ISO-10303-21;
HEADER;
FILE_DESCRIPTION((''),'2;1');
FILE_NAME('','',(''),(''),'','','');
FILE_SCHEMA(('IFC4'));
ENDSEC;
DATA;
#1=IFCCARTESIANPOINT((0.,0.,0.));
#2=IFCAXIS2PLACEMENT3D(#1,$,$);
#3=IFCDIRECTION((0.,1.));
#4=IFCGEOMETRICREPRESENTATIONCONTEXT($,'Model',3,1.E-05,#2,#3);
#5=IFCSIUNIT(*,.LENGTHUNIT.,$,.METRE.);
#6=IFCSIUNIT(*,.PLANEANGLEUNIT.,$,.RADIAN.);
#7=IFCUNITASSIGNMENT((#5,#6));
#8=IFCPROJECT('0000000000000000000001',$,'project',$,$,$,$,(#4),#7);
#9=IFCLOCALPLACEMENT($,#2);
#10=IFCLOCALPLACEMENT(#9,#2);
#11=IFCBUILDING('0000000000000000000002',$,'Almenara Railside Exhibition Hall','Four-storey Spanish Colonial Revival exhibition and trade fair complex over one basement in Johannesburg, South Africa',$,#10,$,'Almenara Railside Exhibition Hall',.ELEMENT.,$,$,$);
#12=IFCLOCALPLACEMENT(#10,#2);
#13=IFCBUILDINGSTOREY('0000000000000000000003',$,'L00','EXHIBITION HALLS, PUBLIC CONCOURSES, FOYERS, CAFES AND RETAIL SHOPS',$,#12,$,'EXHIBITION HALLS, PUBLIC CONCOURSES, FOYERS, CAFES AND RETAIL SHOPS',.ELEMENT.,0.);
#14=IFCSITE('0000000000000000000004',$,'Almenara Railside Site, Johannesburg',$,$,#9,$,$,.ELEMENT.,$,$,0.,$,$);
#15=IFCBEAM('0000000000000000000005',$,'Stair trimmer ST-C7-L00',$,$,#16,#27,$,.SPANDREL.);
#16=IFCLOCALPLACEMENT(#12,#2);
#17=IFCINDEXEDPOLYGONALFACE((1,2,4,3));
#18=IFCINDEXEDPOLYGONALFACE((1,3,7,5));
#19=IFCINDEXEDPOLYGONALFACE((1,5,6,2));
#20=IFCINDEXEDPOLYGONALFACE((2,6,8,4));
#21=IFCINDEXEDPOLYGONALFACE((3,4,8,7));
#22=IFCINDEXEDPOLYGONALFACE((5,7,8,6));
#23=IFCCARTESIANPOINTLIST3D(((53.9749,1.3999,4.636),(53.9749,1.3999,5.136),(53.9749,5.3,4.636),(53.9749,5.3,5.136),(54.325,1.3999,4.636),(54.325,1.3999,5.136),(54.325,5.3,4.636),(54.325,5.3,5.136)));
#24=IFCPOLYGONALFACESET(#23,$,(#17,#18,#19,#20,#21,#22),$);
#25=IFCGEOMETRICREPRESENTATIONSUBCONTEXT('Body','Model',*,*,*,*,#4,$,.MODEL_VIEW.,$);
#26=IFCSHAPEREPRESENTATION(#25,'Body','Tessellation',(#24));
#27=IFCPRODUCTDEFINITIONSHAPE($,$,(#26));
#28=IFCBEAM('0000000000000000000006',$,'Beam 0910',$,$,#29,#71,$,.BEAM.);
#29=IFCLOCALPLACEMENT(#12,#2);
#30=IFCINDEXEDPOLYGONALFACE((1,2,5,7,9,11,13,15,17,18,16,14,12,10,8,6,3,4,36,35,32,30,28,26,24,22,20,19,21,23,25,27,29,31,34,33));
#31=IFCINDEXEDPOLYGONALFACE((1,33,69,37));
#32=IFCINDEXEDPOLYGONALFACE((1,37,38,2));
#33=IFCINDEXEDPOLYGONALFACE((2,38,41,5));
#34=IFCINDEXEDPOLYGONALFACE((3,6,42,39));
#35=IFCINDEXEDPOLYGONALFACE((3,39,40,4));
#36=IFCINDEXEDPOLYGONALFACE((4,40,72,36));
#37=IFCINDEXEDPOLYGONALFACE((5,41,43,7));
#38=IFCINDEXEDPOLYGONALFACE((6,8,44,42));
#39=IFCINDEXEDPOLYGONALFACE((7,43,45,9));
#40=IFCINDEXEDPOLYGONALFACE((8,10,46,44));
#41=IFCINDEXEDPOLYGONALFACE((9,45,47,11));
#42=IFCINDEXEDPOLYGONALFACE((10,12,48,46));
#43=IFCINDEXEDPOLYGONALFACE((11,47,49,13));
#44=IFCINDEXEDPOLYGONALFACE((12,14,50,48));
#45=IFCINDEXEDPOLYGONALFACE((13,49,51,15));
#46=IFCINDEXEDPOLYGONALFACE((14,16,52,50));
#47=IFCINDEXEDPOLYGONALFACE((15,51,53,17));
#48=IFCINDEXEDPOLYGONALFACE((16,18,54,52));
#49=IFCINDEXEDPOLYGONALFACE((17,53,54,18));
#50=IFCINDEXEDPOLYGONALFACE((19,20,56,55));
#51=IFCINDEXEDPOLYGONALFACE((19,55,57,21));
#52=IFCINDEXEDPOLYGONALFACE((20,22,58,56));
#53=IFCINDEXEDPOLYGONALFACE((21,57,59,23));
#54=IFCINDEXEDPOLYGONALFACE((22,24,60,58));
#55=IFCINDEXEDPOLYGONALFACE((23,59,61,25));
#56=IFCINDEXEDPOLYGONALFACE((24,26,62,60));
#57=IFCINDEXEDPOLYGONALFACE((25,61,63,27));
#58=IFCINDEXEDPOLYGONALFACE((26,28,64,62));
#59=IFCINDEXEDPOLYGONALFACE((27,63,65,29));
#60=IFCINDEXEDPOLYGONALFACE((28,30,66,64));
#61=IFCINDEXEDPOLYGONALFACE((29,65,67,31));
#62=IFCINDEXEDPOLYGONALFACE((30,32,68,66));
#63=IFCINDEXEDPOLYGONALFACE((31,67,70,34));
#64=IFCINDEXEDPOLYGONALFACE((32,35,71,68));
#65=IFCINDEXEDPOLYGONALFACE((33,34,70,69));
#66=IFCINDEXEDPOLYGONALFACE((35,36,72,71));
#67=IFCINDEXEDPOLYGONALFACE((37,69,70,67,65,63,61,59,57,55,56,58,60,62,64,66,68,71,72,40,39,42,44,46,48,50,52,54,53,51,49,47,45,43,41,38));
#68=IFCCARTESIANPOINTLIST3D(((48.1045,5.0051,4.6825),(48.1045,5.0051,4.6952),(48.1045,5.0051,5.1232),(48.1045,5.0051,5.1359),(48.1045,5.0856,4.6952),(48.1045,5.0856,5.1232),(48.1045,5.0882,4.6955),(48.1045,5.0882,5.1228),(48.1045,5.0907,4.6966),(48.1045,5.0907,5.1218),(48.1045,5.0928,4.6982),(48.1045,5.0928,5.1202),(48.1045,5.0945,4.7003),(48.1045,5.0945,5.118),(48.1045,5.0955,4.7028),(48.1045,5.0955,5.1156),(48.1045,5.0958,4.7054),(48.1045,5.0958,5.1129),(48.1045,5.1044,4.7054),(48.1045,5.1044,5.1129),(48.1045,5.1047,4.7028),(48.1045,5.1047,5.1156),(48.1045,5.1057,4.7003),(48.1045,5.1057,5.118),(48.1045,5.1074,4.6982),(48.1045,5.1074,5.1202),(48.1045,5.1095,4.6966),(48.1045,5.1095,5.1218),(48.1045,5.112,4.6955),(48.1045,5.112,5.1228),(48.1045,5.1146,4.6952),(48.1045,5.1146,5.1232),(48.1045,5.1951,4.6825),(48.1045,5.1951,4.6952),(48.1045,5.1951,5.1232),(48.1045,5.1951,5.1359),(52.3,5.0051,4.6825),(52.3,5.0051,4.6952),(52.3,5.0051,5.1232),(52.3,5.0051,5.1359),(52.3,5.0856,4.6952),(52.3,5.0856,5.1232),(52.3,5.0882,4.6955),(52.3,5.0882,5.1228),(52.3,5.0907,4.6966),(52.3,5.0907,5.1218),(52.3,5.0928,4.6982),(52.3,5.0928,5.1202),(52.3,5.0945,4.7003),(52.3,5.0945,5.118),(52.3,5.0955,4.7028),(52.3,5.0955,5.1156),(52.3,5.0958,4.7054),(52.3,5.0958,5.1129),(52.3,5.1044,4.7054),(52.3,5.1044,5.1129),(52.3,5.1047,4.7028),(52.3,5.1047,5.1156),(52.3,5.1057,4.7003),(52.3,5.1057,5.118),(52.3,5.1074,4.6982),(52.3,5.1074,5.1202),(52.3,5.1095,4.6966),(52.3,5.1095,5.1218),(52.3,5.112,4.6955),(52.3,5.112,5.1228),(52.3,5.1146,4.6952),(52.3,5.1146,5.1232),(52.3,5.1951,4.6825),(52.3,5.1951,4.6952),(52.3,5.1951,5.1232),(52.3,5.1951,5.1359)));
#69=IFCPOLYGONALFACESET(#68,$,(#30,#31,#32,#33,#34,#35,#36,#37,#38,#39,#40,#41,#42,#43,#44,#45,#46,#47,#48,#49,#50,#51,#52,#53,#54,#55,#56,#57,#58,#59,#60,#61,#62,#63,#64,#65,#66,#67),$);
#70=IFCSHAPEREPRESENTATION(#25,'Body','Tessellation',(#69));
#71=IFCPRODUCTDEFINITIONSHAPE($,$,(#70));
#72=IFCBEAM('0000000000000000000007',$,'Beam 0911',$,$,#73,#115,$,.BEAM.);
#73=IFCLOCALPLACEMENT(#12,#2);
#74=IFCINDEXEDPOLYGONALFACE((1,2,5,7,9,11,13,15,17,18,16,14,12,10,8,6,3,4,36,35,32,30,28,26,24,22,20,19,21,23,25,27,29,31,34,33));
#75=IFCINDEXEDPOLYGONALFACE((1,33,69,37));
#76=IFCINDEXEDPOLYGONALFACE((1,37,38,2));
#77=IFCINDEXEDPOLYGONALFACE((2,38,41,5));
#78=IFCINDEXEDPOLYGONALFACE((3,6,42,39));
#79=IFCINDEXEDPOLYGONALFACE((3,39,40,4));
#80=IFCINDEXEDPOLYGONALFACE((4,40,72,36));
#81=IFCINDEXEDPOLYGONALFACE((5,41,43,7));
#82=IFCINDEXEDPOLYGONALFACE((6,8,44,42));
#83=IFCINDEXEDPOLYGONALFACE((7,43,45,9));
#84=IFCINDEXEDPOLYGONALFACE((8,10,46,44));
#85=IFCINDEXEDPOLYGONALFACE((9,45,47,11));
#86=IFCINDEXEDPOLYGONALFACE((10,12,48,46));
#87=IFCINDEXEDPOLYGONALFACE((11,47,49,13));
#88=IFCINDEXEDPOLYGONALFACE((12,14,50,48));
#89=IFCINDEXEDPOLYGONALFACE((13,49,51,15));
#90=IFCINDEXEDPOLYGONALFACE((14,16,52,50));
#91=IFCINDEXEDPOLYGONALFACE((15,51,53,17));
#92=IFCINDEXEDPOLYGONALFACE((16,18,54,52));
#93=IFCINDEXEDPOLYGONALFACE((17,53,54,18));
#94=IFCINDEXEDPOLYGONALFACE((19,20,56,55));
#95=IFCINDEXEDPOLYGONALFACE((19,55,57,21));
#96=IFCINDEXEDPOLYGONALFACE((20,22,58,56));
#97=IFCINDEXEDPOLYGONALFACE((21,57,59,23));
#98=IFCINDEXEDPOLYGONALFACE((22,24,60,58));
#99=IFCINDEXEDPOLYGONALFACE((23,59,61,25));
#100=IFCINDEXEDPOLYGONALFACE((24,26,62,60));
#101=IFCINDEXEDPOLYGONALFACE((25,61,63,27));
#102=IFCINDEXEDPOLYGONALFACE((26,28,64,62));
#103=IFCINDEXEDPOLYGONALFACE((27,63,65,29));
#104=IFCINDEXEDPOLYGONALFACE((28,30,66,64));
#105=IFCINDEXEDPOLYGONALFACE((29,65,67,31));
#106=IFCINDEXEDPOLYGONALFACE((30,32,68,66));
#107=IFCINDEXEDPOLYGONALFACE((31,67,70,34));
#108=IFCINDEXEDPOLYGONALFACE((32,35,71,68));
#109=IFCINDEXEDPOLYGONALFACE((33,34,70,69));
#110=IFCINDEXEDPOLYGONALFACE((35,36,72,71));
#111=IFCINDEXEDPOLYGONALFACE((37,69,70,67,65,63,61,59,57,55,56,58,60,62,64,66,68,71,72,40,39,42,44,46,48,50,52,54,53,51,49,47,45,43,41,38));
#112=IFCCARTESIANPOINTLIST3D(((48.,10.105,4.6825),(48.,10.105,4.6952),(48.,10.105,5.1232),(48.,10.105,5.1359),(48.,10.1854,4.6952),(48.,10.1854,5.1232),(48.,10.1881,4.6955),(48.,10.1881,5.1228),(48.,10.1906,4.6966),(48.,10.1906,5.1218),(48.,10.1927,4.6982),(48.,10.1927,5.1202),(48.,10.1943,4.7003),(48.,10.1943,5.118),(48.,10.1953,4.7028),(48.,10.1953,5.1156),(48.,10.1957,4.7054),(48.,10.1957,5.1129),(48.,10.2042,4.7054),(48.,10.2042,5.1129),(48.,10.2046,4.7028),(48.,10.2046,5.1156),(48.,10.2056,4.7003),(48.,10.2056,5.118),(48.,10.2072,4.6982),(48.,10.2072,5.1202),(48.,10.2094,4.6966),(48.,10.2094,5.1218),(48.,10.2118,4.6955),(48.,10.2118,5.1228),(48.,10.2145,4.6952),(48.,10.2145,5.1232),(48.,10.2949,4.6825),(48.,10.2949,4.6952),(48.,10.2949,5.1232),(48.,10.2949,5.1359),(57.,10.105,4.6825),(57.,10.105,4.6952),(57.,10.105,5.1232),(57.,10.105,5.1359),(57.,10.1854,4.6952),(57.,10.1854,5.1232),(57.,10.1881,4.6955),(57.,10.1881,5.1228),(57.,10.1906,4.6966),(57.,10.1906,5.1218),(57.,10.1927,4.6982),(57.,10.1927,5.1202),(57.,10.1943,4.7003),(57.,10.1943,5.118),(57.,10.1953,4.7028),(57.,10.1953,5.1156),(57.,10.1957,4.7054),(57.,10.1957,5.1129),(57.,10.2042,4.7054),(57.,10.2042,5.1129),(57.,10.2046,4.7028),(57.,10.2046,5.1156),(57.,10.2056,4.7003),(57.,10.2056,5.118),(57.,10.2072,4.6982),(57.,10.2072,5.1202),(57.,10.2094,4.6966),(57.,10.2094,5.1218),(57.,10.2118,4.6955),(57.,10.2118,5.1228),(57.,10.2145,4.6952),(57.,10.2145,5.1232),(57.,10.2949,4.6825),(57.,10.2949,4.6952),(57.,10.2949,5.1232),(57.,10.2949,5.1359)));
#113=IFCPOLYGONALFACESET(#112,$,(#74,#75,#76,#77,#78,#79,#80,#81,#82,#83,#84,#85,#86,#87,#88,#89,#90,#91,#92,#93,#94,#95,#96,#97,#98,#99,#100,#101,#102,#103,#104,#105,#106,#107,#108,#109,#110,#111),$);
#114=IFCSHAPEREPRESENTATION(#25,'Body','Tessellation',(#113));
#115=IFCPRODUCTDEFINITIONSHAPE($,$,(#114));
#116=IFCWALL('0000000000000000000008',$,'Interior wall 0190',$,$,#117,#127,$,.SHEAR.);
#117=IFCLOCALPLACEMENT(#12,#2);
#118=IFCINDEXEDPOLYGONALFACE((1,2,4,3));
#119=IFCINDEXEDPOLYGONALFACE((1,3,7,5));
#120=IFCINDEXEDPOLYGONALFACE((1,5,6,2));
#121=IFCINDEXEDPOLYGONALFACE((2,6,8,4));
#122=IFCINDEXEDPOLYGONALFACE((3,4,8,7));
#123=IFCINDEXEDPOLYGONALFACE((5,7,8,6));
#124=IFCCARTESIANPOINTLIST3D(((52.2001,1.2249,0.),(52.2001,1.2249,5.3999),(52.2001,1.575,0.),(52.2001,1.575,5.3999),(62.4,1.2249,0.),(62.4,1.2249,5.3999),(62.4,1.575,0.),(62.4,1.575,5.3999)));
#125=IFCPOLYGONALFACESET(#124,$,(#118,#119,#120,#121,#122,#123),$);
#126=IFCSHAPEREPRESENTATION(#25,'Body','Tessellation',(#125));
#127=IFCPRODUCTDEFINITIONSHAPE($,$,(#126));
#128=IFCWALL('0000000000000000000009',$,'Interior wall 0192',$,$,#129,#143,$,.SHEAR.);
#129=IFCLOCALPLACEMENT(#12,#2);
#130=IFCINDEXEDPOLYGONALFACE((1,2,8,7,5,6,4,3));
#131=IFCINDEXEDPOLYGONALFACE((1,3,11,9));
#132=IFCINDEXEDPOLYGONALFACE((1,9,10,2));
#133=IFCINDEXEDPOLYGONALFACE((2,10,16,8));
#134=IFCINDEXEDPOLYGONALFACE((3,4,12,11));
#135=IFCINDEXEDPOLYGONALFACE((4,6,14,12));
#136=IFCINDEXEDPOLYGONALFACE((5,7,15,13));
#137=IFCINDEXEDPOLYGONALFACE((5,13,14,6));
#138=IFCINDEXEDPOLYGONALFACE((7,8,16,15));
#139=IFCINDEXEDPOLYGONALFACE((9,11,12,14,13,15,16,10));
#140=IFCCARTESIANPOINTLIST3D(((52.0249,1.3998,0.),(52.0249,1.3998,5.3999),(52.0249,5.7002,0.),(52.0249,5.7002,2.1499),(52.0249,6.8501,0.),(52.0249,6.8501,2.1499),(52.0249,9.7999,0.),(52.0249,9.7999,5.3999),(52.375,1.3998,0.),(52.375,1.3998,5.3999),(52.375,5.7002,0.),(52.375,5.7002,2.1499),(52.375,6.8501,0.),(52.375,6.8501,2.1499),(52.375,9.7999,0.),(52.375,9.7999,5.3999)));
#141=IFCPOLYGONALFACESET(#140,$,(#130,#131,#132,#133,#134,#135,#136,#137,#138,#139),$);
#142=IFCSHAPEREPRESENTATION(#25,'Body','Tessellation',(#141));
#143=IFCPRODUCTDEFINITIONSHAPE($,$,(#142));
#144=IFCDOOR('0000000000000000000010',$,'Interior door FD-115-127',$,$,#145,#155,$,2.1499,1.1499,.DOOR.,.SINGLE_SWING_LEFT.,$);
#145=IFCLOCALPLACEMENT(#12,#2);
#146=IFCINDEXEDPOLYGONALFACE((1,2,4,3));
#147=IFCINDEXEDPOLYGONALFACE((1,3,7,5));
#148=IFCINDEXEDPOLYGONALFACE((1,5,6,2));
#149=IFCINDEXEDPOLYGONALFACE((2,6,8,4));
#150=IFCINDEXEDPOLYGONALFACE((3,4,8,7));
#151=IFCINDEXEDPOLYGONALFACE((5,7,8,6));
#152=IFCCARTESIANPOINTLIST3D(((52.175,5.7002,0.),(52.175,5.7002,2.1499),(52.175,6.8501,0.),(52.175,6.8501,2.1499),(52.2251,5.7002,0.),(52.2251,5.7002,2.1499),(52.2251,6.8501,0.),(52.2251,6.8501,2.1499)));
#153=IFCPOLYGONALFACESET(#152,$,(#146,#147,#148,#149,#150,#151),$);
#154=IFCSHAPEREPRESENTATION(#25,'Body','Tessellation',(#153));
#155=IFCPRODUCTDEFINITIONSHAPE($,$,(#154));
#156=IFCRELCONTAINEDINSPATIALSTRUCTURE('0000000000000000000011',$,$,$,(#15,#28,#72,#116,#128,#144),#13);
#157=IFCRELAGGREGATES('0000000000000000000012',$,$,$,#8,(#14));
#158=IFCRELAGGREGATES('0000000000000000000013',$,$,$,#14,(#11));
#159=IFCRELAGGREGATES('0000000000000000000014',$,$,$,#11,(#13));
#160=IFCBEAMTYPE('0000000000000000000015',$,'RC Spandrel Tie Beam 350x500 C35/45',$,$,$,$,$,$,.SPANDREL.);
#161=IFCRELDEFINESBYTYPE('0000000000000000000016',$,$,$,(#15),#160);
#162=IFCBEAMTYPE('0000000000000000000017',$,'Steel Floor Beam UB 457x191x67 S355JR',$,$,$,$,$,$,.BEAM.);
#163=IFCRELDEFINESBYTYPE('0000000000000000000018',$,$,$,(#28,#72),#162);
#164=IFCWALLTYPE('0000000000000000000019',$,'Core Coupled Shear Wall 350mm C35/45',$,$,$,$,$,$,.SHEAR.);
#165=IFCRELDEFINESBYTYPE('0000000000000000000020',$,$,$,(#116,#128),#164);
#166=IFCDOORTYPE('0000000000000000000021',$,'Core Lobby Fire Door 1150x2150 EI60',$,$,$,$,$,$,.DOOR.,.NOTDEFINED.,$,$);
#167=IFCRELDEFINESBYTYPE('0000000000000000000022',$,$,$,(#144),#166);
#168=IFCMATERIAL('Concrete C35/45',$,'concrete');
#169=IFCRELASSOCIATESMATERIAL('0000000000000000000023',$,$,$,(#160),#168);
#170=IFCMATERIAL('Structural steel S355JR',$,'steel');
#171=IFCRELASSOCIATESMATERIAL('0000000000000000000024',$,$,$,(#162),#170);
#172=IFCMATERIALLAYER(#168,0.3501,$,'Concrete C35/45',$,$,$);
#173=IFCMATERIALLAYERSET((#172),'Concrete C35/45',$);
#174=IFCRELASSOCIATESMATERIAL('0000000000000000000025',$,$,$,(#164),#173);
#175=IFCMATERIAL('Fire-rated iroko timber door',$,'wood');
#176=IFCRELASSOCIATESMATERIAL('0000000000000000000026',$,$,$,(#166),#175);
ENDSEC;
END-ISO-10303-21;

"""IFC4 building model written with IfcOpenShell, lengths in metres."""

from ifc_helpers import new_model, si_unit, direction, frame, frame_2d, origin, origin_2d, place, context, subcontext, project, spatial, rectangle, i_section, extrude, material, layer, layer_set, material_profile, profile_set, type_object, element, fill, save


model = new_model("IFC4")

# Units and contexts
model_context = context("Model", 3, precision=1e-05, world=origin(), true_north=direction((0.0, 1.0)))
body_context = subcontext(model_context, "Body", "Model", "MODEL_VIEW")
ifc_project = project(units=[si_unit("LENGTHUNIT", "METRE"), si_unit("PLANEANGLEUNIT", "RADIAN")], contexts=[model_context])

# Site, building, storey
site_placement = place(None, origin())
site = spatial("IfcSite", under=ifc_project, at=site_placement, Name="Almenara Railside Site, Johannesburg", CompositionType="ELEMENT", RefElevation=0.0)
building_placement = place(site_placement, origin())
building = spatial("IfcBuilding", under=site, at=building_placement, Name="Almenara Railside Exhibition Hall", Description="Four-storey Spanish Colonial Revival exhibition and trade fair complex over one basement in Johannesburg, South Africa", LongName="Almenara Railside Exhibition Hall", CompositionType="ELEMENT")
storey_placement = place(building_placement, origin())
storey = spatial("IfcBuildingStorey", under=building, at=storey_placement, Name="L00", Description="EXHIBITION HALLS, PUBLIC CONCOURSES, FOYERS, CAFES AND RETAIL SHOPS", LongName="EXHIBITION HALLS, PUBLIC CONCOURSES, FOYERS, CAFES AND RETAIL SHOPS", CompositionType="ELEMENT", Elevation=0.0)

# Shared definitions
ifc_material_1 = material(Name="Concrete C35/45", Category="concrete")

# Beams
ifc_material_profile_1 = material_profile(ifc_material_1, rectangle(XDim=0.3501, YDim=0.5, at=origin_2d()), Name="RC 350x500")
ifc_profile_set_1 = profile_set([ifc_material_profile_1], Name="Concrete C35/45")
beam_type_1 = type_object("IfcBeamType", Name="RC Spandrel Tie Beam 350x500 C35/45", PredefinedType="SPANDREL", material=ifc_profile_set_1)
beam_1_placement = place(storey_placement, frame((54.1499, 1.3999, 4.886), z_axis=(0.0, 1.0, 0.0), x_axis=(-1.0, 0.0, 0.0)))
element("IfcBeam", 1, at=beam_1_placement, inside=storey, type_object=beam_type_1, Name="Stair trimmer ST-C7-L00", PredefinedType="SPANDREL", context=body_context, shape_type="SweptSolid", body=[
    extrude(rectangle(XDim=0.3501, YDim=0.5, at=origin_2d()), origin(), (0.0, 0.0, 1.0), 3.9001),
])
ifc_material_2 = material(Name="Structural steel S355JR", Category="steel")
ifc_material_profile_2 = material_profile(ifc_material_2, i_section(OverallWidth=0.1899, OverallDepth=0.4534, WebThickness=0.0085, FlangeThickness=0.0127, FilletRadius=0.0103, at=origin_2d()), Name="UB 457x191x67")
ifc_profile_set_2 = profile_set([ifc_material_profile_2], Name="Structural steel S355JR")
beam_type_2 = type_object("IfcBeamType", Name="Steel Floor Beam UB 457x191x67 S355JR", PredefinedType="BEAM", material=ifc_profile_set_2)
beam_2_placement = place(storey_placement, frame((48.1045, 5.1001, 4.9092), z_axis=(1.0, 0.0, 0.0), x_axis=(0.0, 1.0, 0.0)))
element("IfcBeam", 2, at=beam_2_placement, inside=storey, type_object=beam_type_2, Name="Beam 0910", PredefinedType="BEAM", context=body_context, shape_type="SweptSolid", body=[
    extrude(i_section(OverallWidth=0.1899, OverallDepth=0.4534, WebThickness=0.0085, FlangeThickness=0.0127, FilletRadius=0.0103, at=origin_2d()), origin(), (0.0, 0.0, 1.0), 4.1956),
])
beam_3_placement = place(storey_placement, frame((48.0, 10.2, 4.9092), z_axis=(1.0, 0.0, 0.0), x_axis=(0.0, 1.0, 0.0)))
element("IfcBeam", 3, at=beam_3_placement, inside=storey, type_object=beam_type_2, Name="Beam 0911", PredefinedType="BEAM", context=body_context, shape_type="SweptSolid", body=[
    extrude(i_section(OverallWidth=0.1899, OverallDepth=0.4534, WebThickness=0.0085, FlangeThickness=0.0127, FilletRadius=0.0103, at=origin_2d()), origin(), (0.0, 0.0, 1.0), 9.0),
])

# Wall
ifc_layer_1 = layer(ifc_material_1, 0.3501, Name="Concrete C35/45")
ifc_layer_set_1 = layer_set([ifc_layer_1], Name="Concrete C35/45")
wall_type_1 = type_object("IfcWallType", Name="Core Coupled Shear Wall 350mm C35/45", PredefinedType="SHEAR", material=ifc_layer_set_1)
wall_1_placement = place(storey_placement, frame((52.2, 1.3999, 0.0), z_axis=(0.0, 0.0, 1.0), x_axis=(1.0, 0.0, 0.0)))
element("IfcWall", 4, at=wall_1_placement, inside=storey, type_object=wall_type_1, Name="Interior wall 0190", PredefinedType="SHEAR", context=body_context, shape_type="SweptSolid", body=[
    extrude(rectangle(XDim=10.2, YDim=0.3501, at=frame_2d((5.1001, 0.0))), origin(), (0.0, 0.0, 1.0), 5.3999),
])

# Wall, opening, door
wall_2_placement = place(storey_placement, frame((52.2, 9.8, 0.0), z_axis=(0.0, 0.0, 1.0), x_axis=(0.0, -1.0, 0.0)))
wall_2 = element("IfcWall", 5, at=wall_2_placement, inside=storey, type_object=wall_type_1, Name="Interior wall 0192", PredefinedType="SHEAR", context=body_context, shape_type="SweptSolid", body=[
    extrude(rectangle(XDim=8.4001, YDim=0.3501, at=frame_2d((4.2002, 0.0))), origin(), (0.0, 0.0, 1.0), 5.3999),
])
opening_1_placement = place(wall_2_placement, frame((2.95, 0.0, 0.0)))
opening_1 = element("IfcOpeningElement", 6, at=opening_1_placement, cuts=wall_2, PredefinedType="OPENING", context=body_context, shape_type="SweptSolid", body=[
    extrude(rectangle(XDim=1.1499, YDim=2.1499, at=frame_2d((0.575, 1.075))), frame((0.0, 0.1851, 0.0), z_axis=(0.0, -1.0, 0.0), x_axis=(1.0, 0.0, 0.0)), (0.0, 0.0, 1.0), 0.3701),
])
ifc_material_3 = material(Name="Fire-rated iroko timber door", Category="wood")
door_type_1 = type_object("IfcDoorType", Name="Core Lobby Fire Door 1150x2150 EI60", OperationType="NOTDEFINED", PredefinedType="DOOR", material=ifc_material_3)
door_1_placement = place(opening_1_placement, frame((1.1499, 0.0, 0.0), z_axis=(0.0, 0.0, 1.0), x_axis=(-1.0, 0.0, 0.0)))
door_1 = element("IfcDoor", 7, at=door_1_placement, inside=storey, type_object=door_type_1, Name="Interior door FD-115-127", OperationType="SINGLE_SWING_LEFT", OverallHeight=2.1499, OverallWidth=1.1499, PredefinedType="DOOR", context=body_context, shape_type="SweptSolid", body=[
    extrude(rectangle(XDim=1.1499, YDim=2.1499, at=frame_2d((0.575, 1.075))), frame((0.0, 0.0249, 0.0), z_axis=(0.0, -1.0, 0.0), x_axis=(1.0, 0.0, 0.0)), (0.0, 0.0, 1.0), 0.05),
])
fill(opening_1, door_1)

save(model, "model.ifc")
